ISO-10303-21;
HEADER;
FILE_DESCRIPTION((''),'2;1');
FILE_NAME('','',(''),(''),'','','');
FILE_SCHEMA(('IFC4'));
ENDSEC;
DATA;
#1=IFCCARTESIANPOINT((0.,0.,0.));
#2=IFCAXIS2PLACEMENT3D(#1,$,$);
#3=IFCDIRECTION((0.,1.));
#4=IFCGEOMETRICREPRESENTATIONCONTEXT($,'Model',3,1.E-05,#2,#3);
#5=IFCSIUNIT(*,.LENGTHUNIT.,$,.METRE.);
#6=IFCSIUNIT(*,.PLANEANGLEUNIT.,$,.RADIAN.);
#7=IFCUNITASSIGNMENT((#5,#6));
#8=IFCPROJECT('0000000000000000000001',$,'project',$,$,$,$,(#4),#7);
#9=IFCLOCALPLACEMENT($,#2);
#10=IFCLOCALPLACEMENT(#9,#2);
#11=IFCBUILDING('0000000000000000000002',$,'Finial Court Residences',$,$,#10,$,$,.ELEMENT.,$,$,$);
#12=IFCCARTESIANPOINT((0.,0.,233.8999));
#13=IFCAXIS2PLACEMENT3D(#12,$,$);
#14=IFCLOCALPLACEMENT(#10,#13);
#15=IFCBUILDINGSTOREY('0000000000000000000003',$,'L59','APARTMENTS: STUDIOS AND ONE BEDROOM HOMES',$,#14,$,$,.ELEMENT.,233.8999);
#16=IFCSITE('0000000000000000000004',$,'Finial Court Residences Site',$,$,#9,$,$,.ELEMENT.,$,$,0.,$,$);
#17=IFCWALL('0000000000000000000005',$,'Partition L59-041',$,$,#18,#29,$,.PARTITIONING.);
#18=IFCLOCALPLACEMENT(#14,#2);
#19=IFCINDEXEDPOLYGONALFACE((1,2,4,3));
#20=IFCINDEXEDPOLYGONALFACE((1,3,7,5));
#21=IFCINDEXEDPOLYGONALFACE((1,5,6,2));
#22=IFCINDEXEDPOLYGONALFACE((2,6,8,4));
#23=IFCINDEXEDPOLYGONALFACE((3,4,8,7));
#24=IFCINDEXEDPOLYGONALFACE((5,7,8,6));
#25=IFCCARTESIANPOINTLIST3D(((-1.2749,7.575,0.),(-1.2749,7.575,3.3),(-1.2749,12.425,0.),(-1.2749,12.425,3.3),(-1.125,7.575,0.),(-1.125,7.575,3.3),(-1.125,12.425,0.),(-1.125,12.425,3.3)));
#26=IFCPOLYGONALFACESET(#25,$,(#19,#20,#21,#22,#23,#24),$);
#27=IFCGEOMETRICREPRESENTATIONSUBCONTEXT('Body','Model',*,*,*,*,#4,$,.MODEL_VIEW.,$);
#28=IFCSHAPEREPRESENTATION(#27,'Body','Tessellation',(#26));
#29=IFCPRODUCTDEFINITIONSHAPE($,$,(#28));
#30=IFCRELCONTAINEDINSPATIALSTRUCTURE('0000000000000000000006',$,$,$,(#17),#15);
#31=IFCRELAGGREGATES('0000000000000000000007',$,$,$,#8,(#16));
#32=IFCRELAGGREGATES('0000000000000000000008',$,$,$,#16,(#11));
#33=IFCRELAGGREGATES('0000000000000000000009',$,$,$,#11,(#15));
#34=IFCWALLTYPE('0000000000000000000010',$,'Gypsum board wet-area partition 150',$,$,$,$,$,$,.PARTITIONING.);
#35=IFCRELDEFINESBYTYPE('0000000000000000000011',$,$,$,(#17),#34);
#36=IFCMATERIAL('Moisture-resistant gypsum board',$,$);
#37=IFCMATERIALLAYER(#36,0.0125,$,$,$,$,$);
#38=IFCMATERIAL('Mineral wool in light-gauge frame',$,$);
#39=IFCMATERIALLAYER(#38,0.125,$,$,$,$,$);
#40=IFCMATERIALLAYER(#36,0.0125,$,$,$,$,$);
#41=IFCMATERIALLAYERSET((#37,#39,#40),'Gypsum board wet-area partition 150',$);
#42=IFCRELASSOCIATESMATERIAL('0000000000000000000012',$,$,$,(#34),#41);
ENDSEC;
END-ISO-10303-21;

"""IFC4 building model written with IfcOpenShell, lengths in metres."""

from ifc_helpers import new_model, si_unit, direction, frame, frame_2d, origin, place, context, subcontext, project, spatial, rectangle, extrude, material, layer, layer_set, type_object, element, save


model = new_model("IFC4")

# Units and contexts
model_context = context("Model", 3, precision=1e-05, world=origin(), true_north=direction((0.0, 1.0)))
body_context = subcontext(model_context, "Body", "Model", "MODEL_VIEW")
ifc_project = project(units=[si_unit("LENGTHUNIT", "METRE"), si_unit("PLANEANGLEUNIT", "RADIAN")], contexts=[model_context])

# Site, building, storey
site_placement = place(None, origin())
site = spatial("IfcSite", under=ifc_project, at=site_placement, Name="Finial Court Residences Site", CompositionType="ELEMENT", RefElevation=0.0)
building_placement = place(site_placement, origin())
building = spatial("IfcBuilding", under=site, at=building_placement, Name="Finial Court Residences", CompositionType="ELEMENT")
storey_placement = place(building_placement, frame((0.0, 0.0, 233.8999)))
storey = spatial("IfcBuildingStorey", under=building, at=storey_placement, Name="L59", Description="APARTMENTS: STUDIOS AND ONE BEDROOM HOMES", CompositionType="ELEMENT", Elevation=233.8999)

# Shared definitions
ifc_material_1 = material(Name="Mineral wool in light-gauge frame")

# Shared definitions
ifc_material_2 = material(Name="Moisture-resistant gypsum board")
ifc_layer_1 = layer(ifc_material_2, 0.0125)
ifc_layer_2 = layer(ifc_material_1, 0.125)
ifc_layer_3 = layer(ifc_material_2, 0.0125)
ifc_layer_set_1 = layer_set([ifc_layer_1, ifc_layer_2, ifc_layer_3], Name="Gypsum board wet-area partition 150")
wall_type_1 = type_object("IfcWallType", Name="Gypsum board wet-area partition 150", PredefinedType="PARTITIONING", material=ifc_layer_set_1)

# Wall
wall_1_placement = place(storey_placement, frame((-1.2, 7.575, 0.0), z_axis=(0.0, 0.0, 1.0), x_axis=(0.0, 1.0, 0.0)))
element("IfcWall", 1, at=wall_1_placement, inside=storey, type_object=wall_type_1, Name="Partition L59-041", PredefinedType="PARTITIONING", context=body_context, shape_type="SweptSolid", body=[
    extrude(rectangle(XDim=4.8501, YDim=0.1499, at=frame_2d((2.425, 0.0))), origin(), (0.0, 0.0, 1.0), 3.3),
])

save(model, "model.ifc")
